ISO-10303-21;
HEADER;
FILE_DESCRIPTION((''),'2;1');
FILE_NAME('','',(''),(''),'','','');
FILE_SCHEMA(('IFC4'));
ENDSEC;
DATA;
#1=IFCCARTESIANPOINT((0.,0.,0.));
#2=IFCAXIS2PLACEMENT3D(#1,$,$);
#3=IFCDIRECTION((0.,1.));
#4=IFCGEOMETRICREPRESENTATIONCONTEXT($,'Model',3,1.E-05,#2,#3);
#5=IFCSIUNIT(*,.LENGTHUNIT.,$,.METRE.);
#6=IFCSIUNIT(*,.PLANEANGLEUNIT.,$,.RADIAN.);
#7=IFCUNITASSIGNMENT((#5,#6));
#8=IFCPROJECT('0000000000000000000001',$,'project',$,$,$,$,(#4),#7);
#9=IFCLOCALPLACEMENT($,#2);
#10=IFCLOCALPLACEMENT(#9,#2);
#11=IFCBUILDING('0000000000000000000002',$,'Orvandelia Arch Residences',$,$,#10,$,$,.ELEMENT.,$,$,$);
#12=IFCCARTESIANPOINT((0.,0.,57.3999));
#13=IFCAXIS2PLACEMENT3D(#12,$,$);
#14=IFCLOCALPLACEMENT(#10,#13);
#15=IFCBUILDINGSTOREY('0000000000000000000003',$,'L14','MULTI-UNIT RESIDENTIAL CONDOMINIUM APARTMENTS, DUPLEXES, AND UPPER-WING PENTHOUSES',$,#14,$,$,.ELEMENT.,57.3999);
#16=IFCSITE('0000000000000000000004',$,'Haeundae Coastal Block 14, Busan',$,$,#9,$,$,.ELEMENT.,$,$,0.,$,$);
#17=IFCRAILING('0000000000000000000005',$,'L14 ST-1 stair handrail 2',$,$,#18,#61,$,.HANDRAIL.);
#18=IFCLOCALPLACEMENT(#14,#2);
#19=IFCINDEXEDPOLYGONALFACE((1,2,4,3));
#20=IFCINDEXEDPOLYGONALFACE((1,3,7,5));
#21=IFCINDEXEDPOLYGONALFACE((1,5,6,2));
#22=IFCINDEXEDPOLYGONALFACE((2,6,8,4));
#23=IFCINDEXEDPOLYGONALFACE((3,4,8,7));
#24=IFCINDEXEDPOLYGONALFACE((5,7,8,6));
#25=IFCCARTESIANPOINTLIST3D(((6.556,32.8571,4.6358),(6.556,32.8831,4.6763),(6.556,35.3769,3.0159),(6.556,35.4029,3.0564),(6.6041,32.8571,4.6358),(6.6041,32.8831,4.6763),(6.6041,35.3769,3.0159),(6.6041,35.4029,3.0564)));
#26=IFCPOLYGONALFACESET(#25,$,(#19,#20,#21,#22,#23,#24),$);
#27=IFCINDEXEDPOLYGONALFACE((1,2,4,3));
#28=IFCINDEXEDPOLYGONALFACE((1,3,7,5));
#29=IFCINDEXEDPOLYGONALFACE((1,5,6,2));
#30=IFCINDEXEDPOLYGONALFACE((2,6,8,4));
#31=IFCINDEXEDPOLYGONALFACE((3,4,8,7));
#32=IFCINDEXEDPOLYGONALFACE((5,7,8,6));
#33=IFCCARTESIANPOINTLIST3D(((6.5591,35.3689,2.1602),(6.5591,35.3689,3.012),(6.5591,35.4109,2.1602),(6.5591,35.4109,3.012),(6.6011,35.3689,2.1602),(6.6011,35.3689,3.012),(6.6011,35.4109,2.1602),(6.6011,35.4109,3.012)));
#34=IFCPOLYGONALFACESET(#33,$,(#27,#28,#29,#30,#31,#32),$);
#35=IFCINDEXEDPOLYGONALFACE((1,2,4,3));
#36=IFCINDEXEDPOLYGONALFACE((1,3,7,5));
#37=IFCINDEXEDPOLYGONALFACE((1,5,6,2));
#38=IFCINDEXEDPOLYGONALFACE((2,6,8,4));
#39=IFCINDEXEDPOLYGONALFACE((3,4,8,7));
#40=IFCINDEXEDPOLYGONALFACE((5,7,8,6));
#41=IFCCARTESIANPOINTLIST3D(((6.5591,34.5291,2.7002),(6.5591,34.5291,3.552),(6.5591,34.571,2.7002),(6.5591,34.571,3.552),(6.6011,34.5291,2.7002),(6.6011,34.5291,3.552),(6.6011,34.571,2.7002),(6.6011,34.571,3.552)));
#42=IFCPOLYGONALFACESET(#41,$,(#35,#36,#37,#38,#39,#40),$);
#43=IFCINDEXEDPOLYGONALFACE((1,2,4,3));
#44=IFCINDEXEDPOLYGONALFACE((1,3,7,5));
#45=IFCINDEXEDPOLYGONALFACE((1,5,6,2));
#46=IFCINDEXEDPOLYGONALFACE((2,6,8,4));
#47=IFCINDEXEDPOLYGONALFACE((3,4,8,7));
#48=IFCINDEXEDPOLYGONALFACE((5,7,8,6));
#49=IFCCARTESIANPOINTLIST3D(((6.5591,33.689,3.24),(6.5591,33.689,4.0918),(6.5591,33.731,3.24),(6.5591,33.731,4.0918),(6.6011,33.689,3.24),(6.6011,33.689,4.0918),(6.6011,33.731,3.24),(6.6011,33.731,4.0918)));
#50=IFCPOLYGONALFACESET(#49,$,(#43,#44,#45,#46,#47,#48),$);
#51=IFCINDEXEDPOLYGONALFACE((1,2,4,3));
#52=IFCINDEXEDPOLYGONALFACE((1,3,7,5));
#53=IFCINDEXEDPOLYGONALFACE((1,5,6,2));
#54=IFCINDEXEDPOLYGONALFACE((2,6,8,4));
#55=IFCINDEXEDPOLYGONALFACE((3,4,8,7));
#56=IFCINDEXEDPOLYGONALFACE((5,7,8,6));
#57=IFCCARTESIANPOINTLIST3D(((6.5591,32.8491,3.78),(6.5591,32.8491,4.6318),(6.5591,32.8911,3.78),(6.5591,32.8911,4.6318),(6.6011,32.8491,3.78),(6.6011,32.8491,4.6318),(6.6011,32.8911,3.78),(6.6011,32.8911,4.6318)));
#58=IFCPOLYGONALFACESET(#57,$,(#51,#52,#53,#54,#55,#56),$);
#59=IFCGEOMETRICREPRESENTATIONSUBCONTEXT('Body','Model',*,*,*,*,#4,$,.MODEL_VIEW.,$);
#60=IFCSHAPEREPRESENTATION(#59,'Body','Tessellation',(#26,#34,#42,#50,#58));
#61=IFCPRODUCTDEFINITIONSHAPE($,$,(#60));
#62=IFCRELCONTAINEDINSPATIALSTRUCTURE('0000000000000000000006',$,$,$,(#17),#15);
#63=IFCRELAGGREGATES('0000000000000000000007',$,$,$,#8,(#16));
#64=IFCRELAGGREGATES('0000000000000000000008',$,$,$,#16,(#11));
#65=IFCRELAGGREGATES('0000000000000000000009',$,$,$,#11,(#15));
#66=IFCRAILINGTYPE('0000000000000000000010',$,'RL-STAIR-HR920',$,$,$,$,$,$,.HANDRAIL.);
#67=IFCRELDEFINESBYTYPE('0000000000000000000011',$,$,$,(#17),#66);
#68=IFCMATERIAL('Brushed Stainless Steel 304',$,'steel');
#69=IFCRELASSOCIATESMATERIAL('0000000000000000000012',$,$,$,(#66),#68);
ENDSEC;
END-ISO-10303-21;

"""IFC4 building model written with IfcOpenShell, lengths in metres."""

from ifc_helpers import new_model, si_unit, direction, frame, origin, origin_2d, place, context, subcontext, project, spatial, rectangle, extrude, material, type_object, element, save


model = new_model("IFC4")

# Units and contexts
model_context = context("Model", 3, precision=1e-05, world=origin(), true_north=direction((0.0, 1.0)))
body_context = subcontext(model_context, "Body", "Model", "MODEL_VIEW")
ifc_project = project(units=[si_unit("LENGTHUNIT", "METRE"), si_unit("PLANEANGLEUNIT", "RADIAN")], contexts=[model_context])

# Site, building, storey
site_placement = place(None, origin())
site = spatial("IfcSite", under=ifc_project, at=site_placement, Name="Haeundae Coastal Block 14, Busan", CompositionType="ELEMENT", RefElevation=0.0)
building_placement = place(site_placement, origin())
building = spatial("IfcBuilding", under=site, at=building_placement, Name="Orvandelia Arch Residences", CompositionType="ELEMENT")
storey_placement = place(building_placement, frame((0.0, 0.0, 57.3999)))
storey = spatial("IfcBuildingStorey", under=building, at=storey_placement, Name="L14", Description="MULTI-UNIT RESIDENTIAL CONDOMINIUM APARTMENTS, DUPLEXES, AND UPPER-WING PENTHOUSES", CompositionType="ELEMENT", Elevation=57.3999)

# Railing
ifc_material_1 = material(Name="Brushed Stainless Steel 304", Category="steel")
railing_type_1 = type_object("IfcRailingType", Name="RL-STAIR-HR920", PredefinedType="HANDRAIL", material=ifc_material_1)
railing_1_placement = place(storey_placement, frame((6.5801, 35.3899, 2.1602)))
element("IfcRailing", 1, at=railing_1_placement, inside=storey, type_object=railing_type_1, Name="L14 ST-1 stair handrail 2", PredefinedType="HANDRAIL", context=body_context, shape_type="SweptSolid", body=[
    extrude(rectangle(XDim=0.0481, YDim=0.0481, at=origin_2d()), frame((0.0, 0.0, 0.876), z_axis=(0.0, -0.841176, 0.540762), x_axis=(1.0, 0.0, 0.0)), (0.0, 0.0, 1.0), 2.9956),
    extrude(rectangle(XDim=0.042, YDim=0.042, at=origin_2d()), origin(), (0.0, 0.0, 1.0), 0.8518),
    extrude(rectangle(XDim=0.042, YDim=0.042, at=origin_2d()), frame((0.0, -0.8398, 0.54)), (0.0, 0.0, 1.0), 0.8518),
    extrude(rectangle(XDim=0.042, YDim=0.042, at=origin_2d()), frame((0.0, -1.6799, 1.0798)), (0.0, 0.0, 1.0), 0.8518),
    extrude(rectangle(XDim=0.042, YDim=0.042, at=origin_2d()), frame((0.0, -2.5198, 1.6199)), (0.0, 0.0, 1.0), 0.8518),
])

save(model, "model.ifc")
